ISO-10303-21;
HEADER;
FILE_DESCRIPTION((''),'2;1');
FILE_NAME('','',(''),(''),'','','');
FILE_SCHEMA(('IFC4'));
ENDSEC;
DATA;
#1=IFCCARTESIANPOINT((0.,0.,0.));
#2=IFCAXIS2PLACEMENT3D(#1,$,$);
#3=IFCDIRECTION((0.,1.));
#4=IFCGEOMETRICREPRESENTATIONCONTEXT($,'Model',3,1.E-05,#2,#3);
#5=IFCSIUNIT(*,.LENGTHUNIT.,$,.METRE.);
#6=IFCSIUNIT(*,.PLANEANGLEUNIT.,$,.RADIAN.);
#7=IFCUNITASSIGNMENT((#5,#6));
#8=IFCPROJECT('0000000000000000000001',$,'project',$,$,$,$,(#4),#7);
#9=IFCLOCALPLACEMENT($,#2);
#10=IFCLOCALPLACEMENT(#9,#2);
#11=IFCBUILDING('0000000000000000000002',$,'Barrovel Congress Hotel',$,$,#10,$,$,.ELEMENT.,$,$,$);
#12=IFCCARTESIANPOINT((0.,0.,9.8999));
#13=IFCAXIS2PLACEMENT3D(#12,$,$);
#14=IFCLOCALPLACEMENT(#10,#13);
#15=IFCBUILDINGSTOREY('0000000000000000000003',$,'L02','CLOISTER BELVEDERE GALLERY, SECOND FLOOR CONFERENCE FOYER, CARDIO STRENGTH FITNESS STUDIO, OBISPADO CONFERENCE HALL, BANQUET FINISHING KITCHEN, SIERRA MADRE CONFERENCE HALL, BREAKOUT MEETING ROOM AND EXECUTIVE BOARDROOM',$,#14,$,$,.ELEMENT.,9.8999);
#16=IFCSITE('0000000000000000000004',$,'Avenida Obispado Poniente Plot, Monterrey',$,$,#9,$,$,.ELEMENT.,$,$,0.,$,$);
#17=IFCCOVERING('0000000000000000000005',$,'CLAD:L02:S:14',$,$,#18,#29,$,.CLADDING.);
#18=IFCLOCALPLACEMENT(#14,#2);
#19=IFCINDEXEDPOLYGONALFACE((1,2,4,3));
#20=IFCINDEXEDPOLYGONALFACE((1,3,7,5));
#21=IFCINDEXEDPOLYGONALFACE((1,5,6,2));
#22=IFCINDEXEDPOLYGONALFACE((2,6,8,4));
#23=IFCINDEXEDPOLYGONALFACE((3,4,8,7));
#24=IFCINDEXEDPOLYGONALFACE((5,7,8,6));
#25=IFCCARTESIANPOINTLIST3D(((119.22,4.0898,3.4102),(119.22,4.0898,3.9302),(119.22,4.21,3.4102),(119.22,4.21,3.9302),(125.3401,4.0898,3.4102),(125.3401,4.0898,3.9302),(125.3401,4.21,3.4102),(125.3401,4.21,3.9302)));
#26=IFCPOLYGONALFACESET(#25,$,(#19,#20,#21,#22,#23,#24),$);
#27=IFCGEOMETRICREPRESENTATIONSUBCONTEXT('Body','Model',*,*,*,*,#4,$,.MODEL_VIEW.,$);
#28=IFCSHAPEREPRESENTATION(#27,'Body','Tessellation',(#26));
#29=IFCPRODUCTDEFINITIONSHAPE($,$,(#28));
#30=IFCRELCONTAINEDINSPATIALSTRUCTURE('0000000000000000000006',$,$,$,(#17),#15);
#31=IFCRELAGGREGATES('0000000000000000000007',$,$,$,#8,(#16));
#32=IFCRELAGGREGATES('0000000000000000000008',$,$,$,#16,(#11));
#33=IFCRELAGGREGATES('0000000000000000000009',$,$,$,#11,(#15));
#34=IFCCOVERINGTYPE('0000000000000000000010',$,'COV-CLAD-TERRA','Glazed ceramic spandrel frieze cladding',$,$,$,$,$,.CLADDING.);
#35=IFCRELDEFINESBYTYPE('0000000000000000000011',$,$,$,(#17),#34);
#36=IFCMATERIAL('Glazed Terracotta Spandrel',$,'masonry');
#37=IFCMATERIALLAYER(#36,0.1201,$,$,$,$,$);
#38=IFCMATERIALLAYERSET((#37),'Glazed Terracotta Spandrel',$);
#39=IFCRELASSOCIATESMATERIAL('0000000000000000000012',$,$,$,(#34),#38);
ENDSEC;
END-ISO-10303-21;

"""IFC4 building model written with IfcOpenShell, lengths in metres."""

from ifc_helpers import new_model, si_unit, direction, frame, origin, origin_2d, place, context, subcontext, project, spatial, rectangle, extrude, material, layer, layer_set, type_object, element, save


model = new_model("IFC4")

# Units and contexts
model_context = context("Model", 3, precision=1e-05, world=origin(), true_north=direction((0.0, 1.0)))
body_context = subcontext(model_context, "Body", "Model", "MODEL_VIEW")
ifc_project = project(units=[si_unit("LENGTHUNIT", "METRE"), si_unit("PLANEANGLEUNIT", "RADIAN")], contexts=[model_context])

# Site, building, storey
site_placement = place(None, origin())
site = spatial("IfcSite", under=ifc_project, at=site_placement, Name="Avenida Obispado Poniente Plot, Monterrey", CompositionType="ELEMENT", RefElevation=0.0)
building_placement = place(site_placement, origin())
building = spatial("IfcBuilding", under=site, at=building_placement, Name="Barrovel Congress Hotel", CompositionType="ELEMENT")
storey_placement = place(building_placement, frame((0.0, 0.0, 9.8999)))
storey = spatial("IfcBuildingStorey", under=building, at=storey_placement, Name="L02", Description="CLOISTER BELVEDERE GALLERY, SECOND FLOOR CONFERENCE FOYER, CARDIO STRENGTH FITNESS STUDIO, OBISPADO CONFERENCE HALL, BANQUET FINISHING KITCHEN, SIERRA MADRE CONFERENCE HALL, BREAKOUT MEETING ROOM AND EXECUTIVE BOARDROOM", CompositionType="ELEMENT", Elevation=9.8999)

# Covering
ifc_material_1 = material(Name="Glazed Terracotta Spandrel", Category="masonry")
ifc_layer_1 = layer(ifc_material_1, 0.1201)
ifc_layer_set_1 = layer_set([ifc_layer_1], Name="Glazed Terracotta Spandrel")
covering_type = type_object("IfcCoveringType", Name="COV-CLAD-TERRA", Description="Glazed ceramic spandrel frieze cladding", PredefinedType="CLADDING", material=ifc_layer_set_1)
for number, where, z_axis, x_axis, name in (
    (1, (122.28, 4.1499, 3.4102), (0.0, 0.0, 1.0), (1.0, 0.0, 0.0), "CLAD:L02:S:14"),
):
    element("IfcCovering", number, at=place(storey_placement, frame(where, z_axis=z_axis, x_axis=x_axis)), inside=storey, type_object=covering_type, Name=name, PredefinedType="CLADDING", context=body_context, shape_type="SweptSolid", body=[
        extrude(rectangle(XDim=6.1201, YDim=0.1201, at=origin_2d()), origin(), (0.0, 0.0, 1.0), 0.52),
    ])

save(model, "model.ifc")
